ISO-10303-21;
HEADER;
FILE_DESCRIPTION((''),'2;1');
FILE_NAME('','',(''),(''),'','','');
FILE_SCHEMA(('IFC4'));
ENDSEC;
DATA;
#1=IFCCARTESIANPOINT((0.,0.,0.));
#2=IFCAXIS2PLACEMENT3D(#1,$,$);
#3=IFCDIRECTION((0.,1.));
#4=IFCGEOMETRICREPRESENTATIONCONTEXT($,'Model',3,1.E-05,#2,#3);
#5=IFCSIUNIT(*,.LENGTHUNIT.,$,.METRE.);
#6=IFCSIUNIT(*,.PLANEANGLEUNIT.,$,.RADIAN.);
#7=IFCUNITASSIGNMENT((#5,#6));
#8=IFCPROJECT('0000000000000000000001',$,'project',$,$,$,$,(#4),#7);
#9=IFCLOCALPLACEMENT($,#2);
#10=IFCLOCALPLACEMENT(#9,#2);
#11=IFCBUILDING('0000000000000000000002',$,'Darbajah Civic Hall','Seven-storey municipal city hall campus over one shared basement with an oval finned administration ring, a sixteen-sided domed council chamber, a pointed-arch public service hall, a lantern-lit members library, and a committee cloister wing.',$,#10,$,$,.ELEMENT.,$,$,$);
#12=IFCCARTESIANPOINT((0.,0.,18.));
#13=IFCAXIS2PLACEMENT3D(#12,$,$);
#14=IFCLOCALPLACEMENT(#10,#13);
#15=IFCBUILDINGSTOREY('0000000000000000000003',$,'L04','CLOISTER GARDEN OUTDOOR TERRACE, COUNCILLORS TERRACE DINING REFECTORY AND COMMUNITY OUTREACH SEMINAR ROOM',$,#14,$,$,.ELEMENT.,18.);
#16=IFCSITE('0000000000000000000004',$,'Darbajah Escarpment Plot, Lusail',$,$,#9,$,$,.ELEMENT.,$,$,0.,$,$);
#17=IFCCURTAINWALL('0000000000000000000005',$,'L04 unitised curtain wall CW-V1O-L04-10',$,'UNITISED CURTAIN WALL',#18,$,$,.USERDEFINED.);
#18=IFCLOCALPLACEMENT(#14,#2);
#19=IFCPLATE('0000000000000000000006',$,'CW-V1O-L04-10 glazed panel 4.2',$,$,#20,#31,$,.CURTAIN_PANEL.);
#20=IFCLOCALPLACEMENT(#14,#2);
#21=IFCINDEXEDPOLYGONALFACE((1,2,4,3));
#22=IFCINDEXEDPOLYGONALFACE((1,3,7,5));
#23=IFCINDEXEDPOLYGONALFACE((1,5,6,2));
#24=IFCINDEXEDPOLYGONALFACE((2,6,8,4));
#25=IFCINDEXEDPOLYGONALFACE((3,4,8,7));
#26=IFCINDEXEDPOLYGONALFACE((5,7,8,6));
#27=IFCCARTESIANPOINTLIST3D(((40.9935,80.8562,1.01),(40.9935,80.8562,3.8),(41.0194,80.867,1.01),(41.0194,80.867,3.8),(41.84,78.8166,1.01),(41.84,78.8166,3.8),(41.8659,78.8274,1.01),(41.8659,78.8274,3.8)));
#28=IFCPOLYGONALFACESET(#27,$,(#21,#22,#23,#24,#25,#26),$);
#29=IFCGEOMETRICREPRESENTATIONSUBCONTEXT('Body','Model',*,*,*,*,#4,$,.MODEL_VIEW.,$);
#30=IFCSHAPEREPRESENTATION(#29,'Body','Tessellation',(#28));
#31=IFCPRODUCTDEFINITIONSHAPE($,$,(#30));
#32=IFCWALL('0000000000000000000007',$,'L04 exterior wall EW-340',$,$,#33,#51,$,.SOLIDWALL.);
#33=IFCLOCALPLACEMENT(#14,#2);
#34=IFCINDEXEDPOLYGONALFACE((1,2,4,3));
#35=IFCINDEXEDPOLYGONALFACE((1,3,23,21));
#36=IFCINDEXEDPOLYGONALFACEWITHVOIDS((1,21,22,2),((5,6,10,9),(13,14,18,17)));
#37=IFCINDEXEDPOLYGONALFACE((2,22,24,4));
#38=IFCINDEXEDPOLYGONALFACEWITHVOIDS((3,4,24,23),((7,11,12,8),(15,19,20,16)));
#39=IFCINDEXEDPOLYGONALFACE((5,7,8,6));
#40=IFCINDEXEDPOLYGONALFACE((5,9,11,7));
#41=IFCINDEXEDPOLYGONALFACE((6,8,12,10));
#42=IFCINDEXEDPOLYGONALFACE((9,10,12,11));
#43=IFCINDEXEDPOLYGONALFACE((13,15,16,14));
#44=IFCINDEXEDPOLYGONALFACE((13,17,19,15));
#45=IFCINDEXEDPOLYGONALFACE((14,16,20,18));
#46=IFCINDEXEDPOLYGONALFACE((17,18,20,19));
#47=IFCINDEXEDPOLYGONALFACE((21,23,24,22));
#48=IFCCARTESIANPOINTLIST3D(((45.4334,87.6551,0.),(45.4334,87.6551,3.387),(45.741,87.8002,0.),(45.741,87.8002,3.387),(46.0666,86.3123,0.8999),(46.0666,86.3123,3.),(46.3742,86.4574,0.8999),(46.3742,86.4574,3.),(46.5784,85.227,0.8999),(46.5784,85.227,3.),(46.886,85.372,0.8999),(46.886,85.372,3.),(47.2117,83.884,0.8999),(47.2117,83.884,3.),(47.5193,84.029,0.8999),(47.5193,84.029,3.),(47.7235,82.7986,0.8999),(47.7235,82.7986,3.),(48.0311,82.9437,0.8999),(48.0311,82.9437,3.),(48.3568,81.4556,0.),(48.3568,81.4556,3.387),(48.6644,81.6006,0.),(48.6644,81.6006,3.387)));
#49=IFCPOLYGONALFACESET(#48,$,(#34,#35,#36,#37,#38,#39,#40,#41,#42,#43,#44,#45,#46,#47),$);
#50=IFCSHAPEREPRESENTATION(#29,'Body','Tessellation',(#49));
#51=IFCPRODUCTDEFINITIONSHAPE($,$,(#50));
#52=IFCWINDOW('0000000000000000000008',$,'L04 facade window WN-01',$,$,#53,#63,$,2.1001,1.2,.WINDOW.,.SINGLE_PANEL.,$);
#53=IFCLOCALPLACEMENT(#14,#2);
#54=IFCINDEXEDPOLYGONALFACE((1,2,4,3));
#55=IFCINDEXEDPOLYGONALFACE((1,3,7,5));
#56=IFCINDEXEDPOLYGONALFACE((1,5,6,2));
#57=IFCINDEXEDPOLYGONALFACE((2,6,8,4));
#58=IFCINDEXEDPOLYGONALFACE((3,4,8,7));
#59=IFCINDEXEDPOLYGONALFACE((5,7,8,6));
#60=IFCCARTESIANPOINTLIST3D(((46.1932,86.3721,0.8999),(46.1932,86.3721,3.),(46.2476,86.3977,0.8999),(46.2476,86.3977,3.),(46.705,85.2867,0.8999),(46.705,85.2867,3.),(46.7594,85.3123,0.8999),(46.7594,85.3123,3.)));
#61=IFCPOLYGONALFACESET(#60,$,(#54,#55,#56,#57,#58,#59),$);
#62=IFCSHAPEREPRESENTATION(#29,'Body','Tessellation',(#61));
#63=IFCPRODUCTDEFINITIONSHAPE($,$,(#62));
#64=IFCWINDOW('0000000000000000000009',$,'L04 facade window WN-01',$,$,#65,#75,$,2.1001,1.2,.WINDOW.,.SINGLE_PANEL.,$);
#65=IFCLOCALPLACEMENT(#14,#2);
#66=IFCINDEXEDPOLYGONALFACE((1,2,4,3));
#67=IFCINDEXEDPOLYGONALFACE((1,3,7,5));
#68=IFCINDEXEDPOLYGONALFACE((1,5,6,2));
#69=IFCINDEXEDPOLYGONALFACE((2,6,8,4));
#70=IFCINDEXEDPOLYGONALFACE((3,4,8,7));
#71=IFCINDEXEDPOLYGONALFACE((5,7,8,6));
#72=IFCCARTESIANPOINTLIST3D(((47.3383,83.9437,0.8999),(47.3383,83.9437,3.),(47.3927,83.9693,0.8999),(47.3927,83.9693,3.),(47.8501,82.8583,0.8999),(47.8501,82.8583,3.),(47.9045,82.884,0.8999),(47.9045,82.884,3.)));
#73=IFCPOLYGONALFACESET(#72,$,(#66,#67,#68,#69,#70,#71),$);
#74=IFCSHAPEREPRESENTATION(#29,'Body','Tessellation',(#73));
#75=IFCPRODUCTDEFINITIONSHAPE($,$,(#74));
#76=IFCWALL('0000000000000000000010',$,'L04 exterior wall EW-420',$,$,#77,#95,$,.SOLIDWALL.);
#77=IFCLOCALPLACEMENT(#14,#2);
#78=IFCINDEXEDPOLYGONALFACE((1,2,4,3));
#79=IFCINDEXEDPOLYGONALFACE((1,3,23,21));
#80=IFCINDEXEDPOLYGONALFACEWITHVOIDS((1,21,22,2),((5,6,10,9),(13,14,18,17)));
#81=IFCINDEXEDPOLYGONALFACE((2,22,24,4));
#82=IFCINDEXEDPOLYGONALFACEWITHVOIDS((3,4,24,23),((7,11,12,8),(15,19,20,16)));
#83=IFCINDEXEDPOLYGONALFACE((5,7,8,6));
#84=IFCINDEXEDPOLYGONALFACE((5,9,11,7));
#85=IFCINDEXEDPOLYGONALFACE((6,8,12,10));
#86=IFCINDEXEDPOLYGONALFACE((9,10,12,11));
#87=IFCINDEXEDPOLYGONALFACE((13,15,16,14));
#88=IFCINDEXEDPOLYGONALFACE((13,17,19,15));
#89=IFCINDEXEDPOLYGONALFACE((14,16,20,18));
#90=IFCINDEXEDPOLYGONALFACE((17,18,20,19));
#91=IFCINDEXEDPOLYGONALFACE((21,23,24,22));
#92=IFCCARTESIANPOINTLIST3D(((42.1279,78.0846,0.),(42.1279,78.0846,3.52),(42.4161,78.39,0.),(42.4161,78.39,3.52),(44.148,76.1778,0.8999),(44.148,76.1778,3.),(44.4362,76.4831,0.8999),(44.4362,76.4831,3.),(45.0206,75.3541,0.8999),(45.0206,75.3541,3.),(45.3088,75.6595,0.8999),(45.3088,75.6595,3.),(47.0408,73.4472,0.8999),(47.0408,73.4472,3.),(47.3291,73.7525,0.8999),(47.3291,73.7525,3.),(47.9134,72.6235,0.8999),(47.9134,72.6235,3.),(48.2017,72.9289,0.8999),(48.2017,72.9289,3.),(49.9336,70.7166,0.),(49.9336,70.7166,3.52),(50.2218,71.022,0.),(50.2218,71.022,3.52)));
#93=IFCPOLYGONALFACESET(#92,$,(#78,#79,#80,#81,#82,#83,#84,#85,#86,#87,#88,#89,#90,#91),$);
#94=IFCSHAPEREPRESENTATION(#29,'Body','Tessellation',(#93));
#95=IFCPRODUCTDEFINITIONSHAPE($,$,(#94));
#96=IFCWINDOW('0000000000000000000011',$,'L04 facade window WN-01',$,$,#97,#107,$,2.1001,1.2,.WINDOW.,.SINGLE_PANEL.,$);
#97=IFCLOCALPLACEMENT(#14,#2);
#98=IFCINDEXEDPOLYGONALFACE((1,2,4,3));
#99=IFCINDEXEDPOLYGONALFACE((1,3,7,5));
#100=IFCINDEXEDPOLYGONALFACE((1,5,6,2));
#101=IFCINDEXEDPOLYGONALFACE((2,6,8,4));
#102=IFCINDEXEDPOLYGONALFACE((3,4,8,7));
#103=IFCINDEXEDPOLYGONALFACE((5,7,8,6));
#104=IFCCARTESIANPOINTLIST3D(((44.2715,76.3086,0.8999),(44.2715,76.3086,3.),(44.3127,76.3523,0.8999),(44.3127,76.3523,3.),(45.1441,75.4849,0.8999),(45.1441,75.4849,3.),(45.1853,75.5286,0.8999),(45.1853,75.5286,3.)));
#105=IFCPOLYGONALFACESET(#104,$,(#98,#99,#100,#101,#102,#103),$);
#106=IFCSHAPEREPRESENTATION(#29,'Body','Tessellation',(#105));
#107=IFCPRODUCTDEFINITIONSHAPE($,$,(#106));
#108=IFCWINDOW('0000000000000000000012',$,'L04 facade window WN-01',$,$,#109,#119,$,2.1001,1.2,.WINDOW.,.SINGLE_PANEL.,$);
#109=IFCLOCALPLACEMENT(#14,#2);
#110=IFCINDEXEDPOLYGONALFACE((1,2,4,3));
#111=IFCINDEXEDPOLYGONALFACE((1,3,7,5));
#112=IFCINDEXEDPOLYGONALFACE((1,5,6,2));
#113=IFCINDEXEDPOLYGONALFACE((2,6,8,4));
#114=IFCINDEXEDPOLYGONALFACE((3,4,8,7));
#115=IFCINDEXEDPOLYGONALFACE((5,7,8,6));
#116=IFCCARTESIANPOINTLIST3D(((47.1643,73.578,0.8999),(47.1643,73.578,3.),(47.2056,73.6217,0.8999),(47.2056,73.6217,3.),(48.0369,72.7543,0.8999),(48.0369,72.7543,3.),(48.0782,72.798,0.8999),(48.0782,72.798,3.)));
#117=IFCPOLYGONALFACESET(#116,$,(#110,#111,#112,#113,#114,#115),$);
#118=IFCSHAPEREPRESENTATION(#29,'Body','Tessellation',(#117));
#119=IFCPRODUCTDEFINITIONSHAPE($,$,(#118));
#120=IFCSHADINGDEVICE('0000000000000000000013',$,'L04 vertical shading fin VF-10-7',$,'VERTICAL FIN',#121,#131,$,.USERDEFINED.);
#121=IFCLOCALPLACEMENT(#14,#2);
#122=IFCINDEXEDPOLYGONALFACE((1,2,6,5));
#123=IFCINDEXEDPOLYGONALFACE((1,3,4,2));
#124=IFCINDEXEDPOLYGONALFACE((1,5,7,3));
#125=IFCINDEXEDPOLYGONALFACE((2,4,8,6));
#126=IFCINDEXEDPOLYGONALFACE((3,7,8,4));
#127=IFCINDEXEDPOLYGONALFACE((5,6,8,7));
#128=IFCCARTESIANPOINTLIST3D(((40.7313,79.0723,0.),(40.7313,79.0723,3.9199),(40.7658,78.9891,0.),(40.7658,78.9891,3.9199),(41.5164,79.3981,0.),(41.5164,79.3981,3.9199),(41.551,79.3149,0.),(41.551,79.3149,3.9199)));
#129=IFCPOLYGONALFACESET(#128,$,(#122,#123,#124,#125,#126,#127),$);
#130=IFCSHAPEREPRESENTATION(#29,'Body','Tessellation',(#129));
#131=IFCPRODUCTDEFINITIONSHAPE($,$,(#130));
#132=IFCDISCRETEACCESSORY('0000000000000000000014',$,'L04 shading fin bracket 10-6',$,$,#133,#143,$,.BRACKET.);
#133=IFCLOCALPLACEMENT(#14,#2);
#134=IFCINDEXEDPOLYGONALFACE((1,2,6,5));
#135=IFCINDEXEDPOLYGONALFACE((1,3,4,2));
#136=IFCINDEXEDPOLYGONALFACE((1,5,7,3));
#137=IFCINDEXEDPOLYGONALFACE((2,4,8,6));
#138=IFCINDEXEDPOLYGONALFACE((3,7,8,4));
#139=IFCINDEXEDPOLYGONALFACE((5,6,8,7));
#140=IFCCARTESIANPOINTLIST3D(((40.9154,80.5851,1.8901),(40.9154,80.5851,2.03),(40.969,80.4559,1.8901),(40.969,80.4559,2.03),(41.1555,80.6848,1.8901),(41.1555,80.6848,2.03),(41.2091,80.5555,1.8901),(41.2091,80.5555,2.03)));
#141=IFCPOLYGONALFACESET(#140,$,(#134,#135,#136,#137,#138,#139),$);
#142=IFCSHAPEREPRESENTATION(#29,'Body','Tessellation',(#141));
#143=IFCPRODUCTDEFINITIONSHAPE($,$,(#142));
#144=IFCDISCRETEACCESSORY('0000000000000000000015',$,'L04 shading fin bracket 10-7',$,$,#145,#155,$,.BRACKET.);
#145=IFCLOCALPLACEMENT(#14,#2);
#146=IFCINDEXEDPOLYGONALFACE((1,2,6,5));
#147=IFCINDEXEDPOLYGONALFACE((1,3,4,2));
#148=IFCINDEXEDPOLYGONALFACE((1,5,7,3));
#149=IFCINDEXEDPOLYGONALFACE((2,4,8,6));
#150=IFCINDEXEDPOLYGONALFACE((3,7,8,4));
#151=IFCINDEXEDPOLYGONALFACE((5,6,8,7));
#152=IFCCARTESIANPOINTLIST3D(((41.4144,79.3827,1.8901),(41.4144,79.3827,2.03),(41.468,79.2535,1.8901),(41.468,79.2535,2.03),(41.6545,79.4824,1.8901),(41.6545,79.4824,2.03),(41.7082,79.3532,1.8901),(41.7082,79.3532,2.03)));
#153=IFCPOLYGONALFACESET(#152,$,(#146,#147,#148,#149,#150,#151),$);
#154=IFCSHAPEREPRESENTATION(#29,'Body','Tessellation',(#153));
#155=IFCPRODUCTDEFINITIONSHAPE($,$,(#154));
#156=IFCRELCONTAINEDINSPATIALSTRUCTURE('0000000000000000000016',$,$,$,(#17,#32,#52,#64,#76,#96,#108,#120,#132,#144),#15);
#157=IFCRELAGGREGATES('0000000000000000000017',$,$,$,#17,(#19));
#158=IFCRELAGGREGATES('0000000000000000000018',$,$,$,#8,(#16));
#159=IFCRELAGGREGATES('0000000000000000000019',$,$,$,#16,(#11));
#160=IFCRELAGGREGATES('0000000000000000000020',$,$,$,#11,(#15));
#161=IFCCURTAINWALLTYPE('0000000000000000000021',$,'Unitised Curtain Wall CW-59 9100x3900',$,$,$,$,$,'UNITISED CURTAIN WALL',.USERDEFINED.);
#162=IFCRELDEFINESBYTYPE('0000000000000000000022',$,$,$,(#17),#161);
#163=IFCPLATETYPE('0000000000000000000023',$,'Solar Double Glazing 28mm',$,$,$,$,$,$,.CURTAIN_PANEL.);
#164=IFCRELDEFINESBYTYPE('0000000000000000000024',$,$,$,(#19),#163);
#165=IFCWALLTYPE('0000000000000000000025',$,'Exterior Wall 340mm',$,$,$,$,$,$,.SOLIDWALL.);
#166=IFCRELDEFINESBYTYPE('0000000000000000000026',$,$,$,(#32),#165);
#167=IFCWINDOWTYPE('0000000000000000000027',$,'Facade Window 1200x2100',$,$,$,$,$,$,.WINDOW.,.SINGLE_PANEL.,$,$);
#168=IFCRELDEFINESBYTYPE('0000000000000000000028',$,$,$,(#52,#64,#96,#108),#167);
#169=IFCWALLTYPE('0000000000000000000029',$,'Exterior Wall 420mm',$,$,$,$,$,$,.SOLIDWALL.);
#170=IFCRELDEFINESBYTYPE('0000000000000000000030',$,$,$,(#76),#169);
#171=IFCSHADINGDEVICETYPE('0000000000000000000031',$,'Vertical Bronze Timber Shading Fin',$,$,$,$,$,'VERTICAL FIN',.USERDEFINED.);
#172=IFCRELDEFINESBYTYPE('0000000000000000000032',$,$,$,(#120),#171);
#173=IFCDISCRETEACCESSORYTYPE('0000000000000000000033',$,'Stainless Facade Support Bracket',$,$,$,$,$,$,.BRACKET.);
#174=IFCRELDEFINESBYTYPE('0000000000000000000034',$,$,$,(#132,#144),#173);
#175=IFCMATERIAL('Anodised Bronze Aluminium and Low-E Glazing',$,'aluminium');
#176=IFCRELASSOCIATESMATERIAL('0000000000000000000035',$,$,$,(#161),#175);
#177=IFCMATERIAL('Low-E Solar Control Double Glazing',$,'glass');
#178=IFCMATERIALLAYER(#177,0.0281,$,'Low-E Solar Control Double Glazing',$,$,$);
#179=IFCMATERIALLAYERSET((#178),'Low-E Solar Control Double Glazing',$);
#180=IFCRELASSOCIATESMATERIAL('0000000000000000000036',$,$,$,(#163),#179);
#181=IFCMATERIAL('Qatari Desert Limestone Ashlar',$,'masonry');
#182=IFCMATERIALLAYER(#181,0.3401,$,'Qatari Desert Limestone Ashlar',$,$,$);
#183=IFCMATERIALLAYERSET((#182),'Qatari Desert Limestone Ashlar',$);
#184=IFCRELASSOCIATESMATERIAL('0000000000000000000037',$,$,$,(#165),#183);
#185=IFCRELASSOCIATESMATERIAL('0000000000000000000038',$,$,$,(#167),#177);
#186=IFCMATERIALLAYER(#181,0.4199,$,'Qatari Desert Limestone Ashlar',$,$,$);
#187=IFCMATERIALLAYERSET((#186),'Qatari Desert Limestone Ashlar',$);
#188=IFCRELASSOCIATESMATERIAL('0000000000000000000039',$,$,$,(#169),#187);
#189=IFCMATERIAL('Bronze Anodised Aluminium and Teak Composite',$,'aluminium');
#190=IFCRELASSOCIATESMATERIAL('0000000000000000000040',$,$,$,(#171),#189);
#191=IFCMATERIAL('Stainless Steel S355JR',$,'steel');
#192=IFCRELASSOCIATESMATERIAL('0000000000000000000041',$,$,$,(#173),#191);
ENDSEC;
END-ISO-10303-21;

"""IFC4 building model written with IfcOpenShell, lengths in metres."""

from ifc_helpers import new_model, si_unit, direction, frame, frame_2d, origin, origin_2d, place, context, subcontext, project, spatial, rectangle, extrude, material, layer, layer_set, type_object, element, fill, aggregate, save


model = new_model("IFC4")

# Units and contexts
model_context = context("Model", 3, precision=1e-05, world=origin(), true_north=direction((0.0, 1.0)))
body_context = subcontext(model_context, "Body", "Model", "MODEL_VIEW")
ifc_project = project(units=[si_unit("LENGTHUNIT", "METRE"), si_unit("PLANEANGLEUNIT", "RADIAN")], contexts=[model_context])

# Site, building, storey
site_placement = place(None, origin())
site = spatial("IfcSite", under=ifc_project, at=site_placement, Name="Darbajah Escarpment Plot, Lusail", CompositionType="ELEMENT", RefElevation=0.0)
building_placement = place(site_placement, origin())
building = spatial("IfcBuilding", under=site, at=building_placement, Name="Darbajah Civic Hall", Description="Seven-storey municipal city hall campus over one shared basement with an oval finned administration ring, a sixteen-sided domed council chamber, a pointed-arch public service hall, a lantern-lit members library, and a committee cloister wing.", CompositionType="ELEMENT")
storey_placement = place(building_placement, frame((0.0, 0.0, 18.0)))
storey = spatial("IfcBuildingStorey", under=building, at=storey_placement, Name="L04", Description="CLOISTER GARDEN OUTDOOR TERRACE, COUNCILLORS TERRACE DINING REFECTORY AND COMMUNITY OUTREACH SEMINAR ROOM", CompositionType="ELEMENT", Elevation=18.0)

# Shared definitions
ifc_material_1 = material(Name="Anodised Bronze Aluminium and Low-E Glazing", Category="aluminium")

# Curtain wall
curtain_wall_type_1 = type_object("IfcCurtainWallType", Name="Unitised Curtain Wall CW-59 9100x3900", ElementType="UNITISED CURTAIN WALL", PredefinedType="USERDEFINED", material=ifc_material_1)
curtain_wall_1_placement = place(storey_placement, origin())
curtain_wall_1 = element("IfcCurtainWall", 1, at=curtain_wall_1_placement, inside=storey, type_object=curtain_wall_type_1, Name="L04 unitised curtain wall CW-V1O-L04-10", ObjectType="UNITISED CURTAIN WALL", PredefinedType="USERDEFINED")

# Plate
ifc_material_2 = material(Name="Low-E Solar Control Double Glazing", Category="glass")
ifc_layer_1 = layer(ifc_material_2, 0.0281, Name="Low-E Solar Control Double Glazing")
ifc_layer_set_1 = layer_set([ifc_layer_1], Name="Low-E Solar Control Double Glazing")
plate_type = type_object("IfcPlateType", Name="Solar Double Glazing 28mm", PredefinedType="CURTAIN_PANEL", material=ifc_layer_set_1)
plate_1_placement = place(storey_placement, frame((41.4297, 79.8418, 1.01), z_axis=(0.0, 0.0, 1.0), x_axis=(0.383328, -0.923612, 0.0)))
plate_1 = element("IfcPlate", 2, at=plate_1_placement, type_object=plate_type, Name="CW-V1O-L04-10 glazed panel 4.2", PredefinedType="CURTAIN_PANEL", context=body_context, shape_type="SweptSolid", body=[
    extrude(rectangle(XDim=2.2083, YDim=0.0281, at=origin_2d()), origin(), (0.0, 0.0, 1.0), 2.79),
])
aggregate(curtain_wall_1, [plate_1])

# Walls, openings, windows
ifc_material_3 = material(Name="Qatari Desert Limestone Ashlar", Category="masonry")
ifc_layer_2 = layer(ifc_material_3, 0.3401, Name="Qatari Desert Limestone Ashlar")
ifc_layer_set_2 = layer_set([ifc_layer_2], Name="Qatari Desert Limestone Ashlar")
wall_type_1 = type_object("IfcWallType", Name="Exterior Wall 340mm", PredefinedType="SOLIDWALL", material=ifc_layer_set_2)
wall_1_placement = place(storey_placement, frame((45.5872, 87.7278, 0.0), z_axis=(0.0, 0.0, 1.0), x_axis=(0.426507, -0.904484, 0.0)))
wall_1 = element("IfcWall", 3, at=wall_1_placement, inside=storey, type_object=wall_type_1, Name="L04 exterior wall EW-340", PredefinedType="SOLIDWALL", context=body_context, shape_type="SweptSolid", body=[
    extrude(rectangle(XDim=6.8542, YDim=0.3401, at=frame_2d((3.4272, 0.0))), origin(), (0.0, 0.0, 1.0), 3.387),
])
opening_1_placement = place(wall_1_placement, frame((1.4846, 0.0, 0.8999)))
opening_1 = element("IfcOpeningElement", 4, at=opening_1_placement, cuts=wall_1, PredefinedType="OPENING", context=body_context, shape_type="SweptSolid", body=[
    extrude(rectangle(XDim=1.2, YDim=2.1001, at=frame_2d((0.6001, 1.05))), frame((0.0, 0.1799, 0.0), z_axis=(0.0, -1.0, 0.0), x_axis=(1.0, 0.0, 0.0)), (0.0, 0.0, 1.0), 0.3601),
])
opening_2_placement = place(wall_1_placement, frame((4.1694, 0.0, 0.8999)))
opening_2 = element("IfcOpeningElement", 5, at=opening_2_placement, cuts=wall_1, PredefinedType="OPENING", context=body_context, shape_type="SweptSolid", body=[
    extrude(rectangle(XDim=1.2, YDim=2.1001, at=frame_2d((0.6001, 1.05))), frame((0.0, 0.1799, 0.0), z_axis=(0.0, -1.0, 0.0), x_axis=(1.0, 0.0, 0.0)), (0.0, 0.0, 1.0), 0.3601),
])
window_type = type_object("IfcWindowType", Name="Facade Window 1200x2100", PartitioningType="SINGLE_PANEL", PredefinedType="WINDOW", material=ifc_material_2)
window_1_placement = place(opening_1_placement, origin())
window_1 = element("IfcWindow", 6, at=window_1_placement, inside=storey, type_object=window_type, Name="L04 facade window WN-01", OverallHeight=2.1001, OverallWidth=1.2, PartitioningType="SINGLE_PANEL", PredefinedType="WINDOW", context=body_context, shape_type="SweptSolid", body=[
    extrude(rectangle(XDim=1.2, YDim=2.1001, at=frame_2d((0.6001, 1.05))), frame((0.0, 0.03, 0.0), z_axis=(0.0, -1.0, 0.0), x_axis=(1.0, 0.0, 0.0)), (0.0, 0.0, 1.0), 0.0601),
])
fill(opening_1, window_1)
window_2_placement = place(opening_2_placement, origin())
window_2 = element("IfcWindow", 7, at=window_2_placement, inside=storey, type_object=window_type, Name="L04 facade window WN-01", OverallHeight=2.1001, OverallWidth=1.2, PartitioningType="SINGLE_PANEL", PredefinedType="WINDOW", context=body_context, shape_type="SweptSolid", body=[
    extrude(rectangle(XDim=1.2, YDim=2.1001, at=frame_2d((0.6001, 1.05))), frame((0.0, 0.03, 0.0), z_axis=(0.0, -1.0, 0.0), x_axis=(1.0, 0.0, 0.0)), (0.0, 0.0, 1.0), 0.0601),
])
fill(opening_2, window_2)
ifc_layer_3 = layer(ifc_material_3, 0.4199, Name="Qatari Desert Limestone Ashlar")
ifc_layer_set_3 = layer_set([ifc_layer_3], Name="Qatari Desert Limestone Ashlar")
wall_type_2 = type_object("IfcWallType", Name="Exterior Wall 420mm", PredefinedType="SOLIDWALL", material=ifc_layer_set_3)
wall_2_placement = place(storey_placement, frame((42.272, 78.2373, 0.0), z_axis=(0.0, 0.0, 1.0), x_axis=(0.727204, -0.686422, 0.0)))
wall_2 = element("IfcWall", 8, at=wall_2_placement, inside=storey, type_object=wall_type_2, Name="L04 exterior wall EW-420", PredefinedType="SOLIDWALL", context=body_context, shape_type="SweptSolid", body=[
    extrude(rectangle(XDim=10.7339, YDim=0.4199, at=frame_2d((5.3669, 0.0))), origin(), (0.0, 0.0, 1.0), 3.52),
])
opening_3_placement = place(wall_2_placement, frame((2.7778, 0.0, 0.8999)))
opening_3 = element("IfcOpeningElement", 9, at=opening_3_placement, cuts=wall_2, PredefinedType="OPENING", context=body_context, shape_type="SweptSolid", body=[
    extrude(rectangle(XDim=1.2, YDim=2.1001, at=frame_2d((0.6001, 1.05))), frame((0.0, 0.22, 0.0), z_axis=(0.0, -1.0, 0.0), x_axis=(1.0, 0.0, 0.0)), (0.0, 0.0, 1.0), 0.4399),
])
opening_4_placement = place(wall_2_placement, frame((6.7559, 0.0, 0.8999)))
opening_4 = element("IfcOpeningElement", 10, at=opening_4_placement, cuts=wall_2, PredefinedType="OPENING", context=body_context, shape_type="SweptSolid", body=[
    extrude(rectangle(XDim=1.2, YDim=2.1001, at=frame_2d((0.6001, 1.05))), frame((0.0, 0.22, 0.0), z_axis=(0.0, -1.0, 0.0), x_axis=(1.0, 0.0, 0.0)), (0.0, 0.0, 1.0), 0.4399),
])
window_3_placement = place(opening_3_placement, origin())
window_3 = element("IfcWindow", 11, at=window_3_placement, inside=storey, type_object=window_type, Name="L04 facade window WN-01", OverallHeight=2.1001, OverallWidth=1.2, PartitioningType="SINGLE_PANEL", PredefinedType="WINDOW", context=body_context, shape_type="SweptSolid", body=[
    extrude(rectangle(XDim=1.2, YDim=2.1001, at=frame_2d((0.6001, 1.05))), frame((0.0, 0.03, 0.0), z_axis=(0.0, -1.0, 0.0), x_axis=(1.0, 0.0, 0.0)), (0.0, 0.0, 1.0), 0.0601),
])
fill(opening_3, window_3)
window_4_placement = place(opening_4_placement, origin())
window_4 = element("IfcWindow", 12, at=window_4_placement, inside=storey, type_object=window_type, Name="L04 facade window WN-01", OverallHeight=2.1001, OverallWidth=1.2, PartitioningType="SINGLE_PANEL", PredefinedType="WINDOW", context=body_context, shape_type="SweptSolid", body=[
    extrude(rectangle(XDim=1.2, YDim=2.1001, at=frame_2d((0.6001, 1.05))), frame((0.0, 0.03, 0.0), z_axis=(0.0, -1.0, 0.0), x_axis=(1.0, 0.0, 0.0)), (0.0, 0.0, 1.0), 0.0601),
])
fill(opening_4, window_4)

# Shading device
ifc_material_4 = material(Name="Bronze Anodised Aluminium and Teak Composite", Category="aluminium")
shading_device_type = type_object("IfcShadingDeviceType", Name="Vertical Bronze Timber Shading Fin", ElementType="VERTICAL FIN", PredefinedType="USERDEFINED", material=ifc_material_4)
shading_device_placement = place(storey_placement, frame((41.1411, 79.1936, 0.0), z_axis=(0.0, 0.0, 1.0), x_axis=(-0.923612, -0.383328, 0.0)))
element("IfcShadingDevice", 13, at=shading_device_placement, inside=storey, type_object=shading_device_type, Name="L04 vertical shading fin VF-10-7", ObjectType="VERTICAL FIN", PredefinedType="USERDEFINED", context=body_context, shape_type="SweptSolid", body=[
    extrude(rectangle(XDim=0.8501, YDim=0.0901, at=origin_2d()), origin(), (0.0, 0.0, 1.0), 3.9199),
])

# Discrete accessories
ifc_material_5 = material(Name="Stainless Steel S355JR", Category="steel")
discrete_accessory_type = type_object("IfcDiscreteAccessoryType", Name="Stainless Facade Support Bracket", PredefinedType="BRACKET", material=ifc_material_5)
for number, where, z_axis, x_axis, name in (
    (14, (41.0623, 80.5703, 1.8901), (0.0, 0.0, 1.0), (-0.923612, -0.383328, 0.0), "L04 shading fin bracket 10-6"),
    (15, (41.5613, 79.3679, 1.8901), (0.0, 0.0, 1.0), (-0.923612, -0.383328, 0.0), "L04 shading fin bracket 10-7"),
):
    element("IfcDiscreteAccessory", number, at=place(storey_placement, frame(where, z_axis=z_axis, x_axis=x_axis)), inside=storey, type_object=discrete_accessory_type, Name=name, PredefinedType="BRACKET", context=body_context, shape_type="SweptSolid", body=[
        extrude(rectangle(XDim=0.26, YDim=0.1399, at=origin_2d()), origin(), (0.0, 0.0, 1.0), 0.1399),
    ])

save(model, "model.ifc")
